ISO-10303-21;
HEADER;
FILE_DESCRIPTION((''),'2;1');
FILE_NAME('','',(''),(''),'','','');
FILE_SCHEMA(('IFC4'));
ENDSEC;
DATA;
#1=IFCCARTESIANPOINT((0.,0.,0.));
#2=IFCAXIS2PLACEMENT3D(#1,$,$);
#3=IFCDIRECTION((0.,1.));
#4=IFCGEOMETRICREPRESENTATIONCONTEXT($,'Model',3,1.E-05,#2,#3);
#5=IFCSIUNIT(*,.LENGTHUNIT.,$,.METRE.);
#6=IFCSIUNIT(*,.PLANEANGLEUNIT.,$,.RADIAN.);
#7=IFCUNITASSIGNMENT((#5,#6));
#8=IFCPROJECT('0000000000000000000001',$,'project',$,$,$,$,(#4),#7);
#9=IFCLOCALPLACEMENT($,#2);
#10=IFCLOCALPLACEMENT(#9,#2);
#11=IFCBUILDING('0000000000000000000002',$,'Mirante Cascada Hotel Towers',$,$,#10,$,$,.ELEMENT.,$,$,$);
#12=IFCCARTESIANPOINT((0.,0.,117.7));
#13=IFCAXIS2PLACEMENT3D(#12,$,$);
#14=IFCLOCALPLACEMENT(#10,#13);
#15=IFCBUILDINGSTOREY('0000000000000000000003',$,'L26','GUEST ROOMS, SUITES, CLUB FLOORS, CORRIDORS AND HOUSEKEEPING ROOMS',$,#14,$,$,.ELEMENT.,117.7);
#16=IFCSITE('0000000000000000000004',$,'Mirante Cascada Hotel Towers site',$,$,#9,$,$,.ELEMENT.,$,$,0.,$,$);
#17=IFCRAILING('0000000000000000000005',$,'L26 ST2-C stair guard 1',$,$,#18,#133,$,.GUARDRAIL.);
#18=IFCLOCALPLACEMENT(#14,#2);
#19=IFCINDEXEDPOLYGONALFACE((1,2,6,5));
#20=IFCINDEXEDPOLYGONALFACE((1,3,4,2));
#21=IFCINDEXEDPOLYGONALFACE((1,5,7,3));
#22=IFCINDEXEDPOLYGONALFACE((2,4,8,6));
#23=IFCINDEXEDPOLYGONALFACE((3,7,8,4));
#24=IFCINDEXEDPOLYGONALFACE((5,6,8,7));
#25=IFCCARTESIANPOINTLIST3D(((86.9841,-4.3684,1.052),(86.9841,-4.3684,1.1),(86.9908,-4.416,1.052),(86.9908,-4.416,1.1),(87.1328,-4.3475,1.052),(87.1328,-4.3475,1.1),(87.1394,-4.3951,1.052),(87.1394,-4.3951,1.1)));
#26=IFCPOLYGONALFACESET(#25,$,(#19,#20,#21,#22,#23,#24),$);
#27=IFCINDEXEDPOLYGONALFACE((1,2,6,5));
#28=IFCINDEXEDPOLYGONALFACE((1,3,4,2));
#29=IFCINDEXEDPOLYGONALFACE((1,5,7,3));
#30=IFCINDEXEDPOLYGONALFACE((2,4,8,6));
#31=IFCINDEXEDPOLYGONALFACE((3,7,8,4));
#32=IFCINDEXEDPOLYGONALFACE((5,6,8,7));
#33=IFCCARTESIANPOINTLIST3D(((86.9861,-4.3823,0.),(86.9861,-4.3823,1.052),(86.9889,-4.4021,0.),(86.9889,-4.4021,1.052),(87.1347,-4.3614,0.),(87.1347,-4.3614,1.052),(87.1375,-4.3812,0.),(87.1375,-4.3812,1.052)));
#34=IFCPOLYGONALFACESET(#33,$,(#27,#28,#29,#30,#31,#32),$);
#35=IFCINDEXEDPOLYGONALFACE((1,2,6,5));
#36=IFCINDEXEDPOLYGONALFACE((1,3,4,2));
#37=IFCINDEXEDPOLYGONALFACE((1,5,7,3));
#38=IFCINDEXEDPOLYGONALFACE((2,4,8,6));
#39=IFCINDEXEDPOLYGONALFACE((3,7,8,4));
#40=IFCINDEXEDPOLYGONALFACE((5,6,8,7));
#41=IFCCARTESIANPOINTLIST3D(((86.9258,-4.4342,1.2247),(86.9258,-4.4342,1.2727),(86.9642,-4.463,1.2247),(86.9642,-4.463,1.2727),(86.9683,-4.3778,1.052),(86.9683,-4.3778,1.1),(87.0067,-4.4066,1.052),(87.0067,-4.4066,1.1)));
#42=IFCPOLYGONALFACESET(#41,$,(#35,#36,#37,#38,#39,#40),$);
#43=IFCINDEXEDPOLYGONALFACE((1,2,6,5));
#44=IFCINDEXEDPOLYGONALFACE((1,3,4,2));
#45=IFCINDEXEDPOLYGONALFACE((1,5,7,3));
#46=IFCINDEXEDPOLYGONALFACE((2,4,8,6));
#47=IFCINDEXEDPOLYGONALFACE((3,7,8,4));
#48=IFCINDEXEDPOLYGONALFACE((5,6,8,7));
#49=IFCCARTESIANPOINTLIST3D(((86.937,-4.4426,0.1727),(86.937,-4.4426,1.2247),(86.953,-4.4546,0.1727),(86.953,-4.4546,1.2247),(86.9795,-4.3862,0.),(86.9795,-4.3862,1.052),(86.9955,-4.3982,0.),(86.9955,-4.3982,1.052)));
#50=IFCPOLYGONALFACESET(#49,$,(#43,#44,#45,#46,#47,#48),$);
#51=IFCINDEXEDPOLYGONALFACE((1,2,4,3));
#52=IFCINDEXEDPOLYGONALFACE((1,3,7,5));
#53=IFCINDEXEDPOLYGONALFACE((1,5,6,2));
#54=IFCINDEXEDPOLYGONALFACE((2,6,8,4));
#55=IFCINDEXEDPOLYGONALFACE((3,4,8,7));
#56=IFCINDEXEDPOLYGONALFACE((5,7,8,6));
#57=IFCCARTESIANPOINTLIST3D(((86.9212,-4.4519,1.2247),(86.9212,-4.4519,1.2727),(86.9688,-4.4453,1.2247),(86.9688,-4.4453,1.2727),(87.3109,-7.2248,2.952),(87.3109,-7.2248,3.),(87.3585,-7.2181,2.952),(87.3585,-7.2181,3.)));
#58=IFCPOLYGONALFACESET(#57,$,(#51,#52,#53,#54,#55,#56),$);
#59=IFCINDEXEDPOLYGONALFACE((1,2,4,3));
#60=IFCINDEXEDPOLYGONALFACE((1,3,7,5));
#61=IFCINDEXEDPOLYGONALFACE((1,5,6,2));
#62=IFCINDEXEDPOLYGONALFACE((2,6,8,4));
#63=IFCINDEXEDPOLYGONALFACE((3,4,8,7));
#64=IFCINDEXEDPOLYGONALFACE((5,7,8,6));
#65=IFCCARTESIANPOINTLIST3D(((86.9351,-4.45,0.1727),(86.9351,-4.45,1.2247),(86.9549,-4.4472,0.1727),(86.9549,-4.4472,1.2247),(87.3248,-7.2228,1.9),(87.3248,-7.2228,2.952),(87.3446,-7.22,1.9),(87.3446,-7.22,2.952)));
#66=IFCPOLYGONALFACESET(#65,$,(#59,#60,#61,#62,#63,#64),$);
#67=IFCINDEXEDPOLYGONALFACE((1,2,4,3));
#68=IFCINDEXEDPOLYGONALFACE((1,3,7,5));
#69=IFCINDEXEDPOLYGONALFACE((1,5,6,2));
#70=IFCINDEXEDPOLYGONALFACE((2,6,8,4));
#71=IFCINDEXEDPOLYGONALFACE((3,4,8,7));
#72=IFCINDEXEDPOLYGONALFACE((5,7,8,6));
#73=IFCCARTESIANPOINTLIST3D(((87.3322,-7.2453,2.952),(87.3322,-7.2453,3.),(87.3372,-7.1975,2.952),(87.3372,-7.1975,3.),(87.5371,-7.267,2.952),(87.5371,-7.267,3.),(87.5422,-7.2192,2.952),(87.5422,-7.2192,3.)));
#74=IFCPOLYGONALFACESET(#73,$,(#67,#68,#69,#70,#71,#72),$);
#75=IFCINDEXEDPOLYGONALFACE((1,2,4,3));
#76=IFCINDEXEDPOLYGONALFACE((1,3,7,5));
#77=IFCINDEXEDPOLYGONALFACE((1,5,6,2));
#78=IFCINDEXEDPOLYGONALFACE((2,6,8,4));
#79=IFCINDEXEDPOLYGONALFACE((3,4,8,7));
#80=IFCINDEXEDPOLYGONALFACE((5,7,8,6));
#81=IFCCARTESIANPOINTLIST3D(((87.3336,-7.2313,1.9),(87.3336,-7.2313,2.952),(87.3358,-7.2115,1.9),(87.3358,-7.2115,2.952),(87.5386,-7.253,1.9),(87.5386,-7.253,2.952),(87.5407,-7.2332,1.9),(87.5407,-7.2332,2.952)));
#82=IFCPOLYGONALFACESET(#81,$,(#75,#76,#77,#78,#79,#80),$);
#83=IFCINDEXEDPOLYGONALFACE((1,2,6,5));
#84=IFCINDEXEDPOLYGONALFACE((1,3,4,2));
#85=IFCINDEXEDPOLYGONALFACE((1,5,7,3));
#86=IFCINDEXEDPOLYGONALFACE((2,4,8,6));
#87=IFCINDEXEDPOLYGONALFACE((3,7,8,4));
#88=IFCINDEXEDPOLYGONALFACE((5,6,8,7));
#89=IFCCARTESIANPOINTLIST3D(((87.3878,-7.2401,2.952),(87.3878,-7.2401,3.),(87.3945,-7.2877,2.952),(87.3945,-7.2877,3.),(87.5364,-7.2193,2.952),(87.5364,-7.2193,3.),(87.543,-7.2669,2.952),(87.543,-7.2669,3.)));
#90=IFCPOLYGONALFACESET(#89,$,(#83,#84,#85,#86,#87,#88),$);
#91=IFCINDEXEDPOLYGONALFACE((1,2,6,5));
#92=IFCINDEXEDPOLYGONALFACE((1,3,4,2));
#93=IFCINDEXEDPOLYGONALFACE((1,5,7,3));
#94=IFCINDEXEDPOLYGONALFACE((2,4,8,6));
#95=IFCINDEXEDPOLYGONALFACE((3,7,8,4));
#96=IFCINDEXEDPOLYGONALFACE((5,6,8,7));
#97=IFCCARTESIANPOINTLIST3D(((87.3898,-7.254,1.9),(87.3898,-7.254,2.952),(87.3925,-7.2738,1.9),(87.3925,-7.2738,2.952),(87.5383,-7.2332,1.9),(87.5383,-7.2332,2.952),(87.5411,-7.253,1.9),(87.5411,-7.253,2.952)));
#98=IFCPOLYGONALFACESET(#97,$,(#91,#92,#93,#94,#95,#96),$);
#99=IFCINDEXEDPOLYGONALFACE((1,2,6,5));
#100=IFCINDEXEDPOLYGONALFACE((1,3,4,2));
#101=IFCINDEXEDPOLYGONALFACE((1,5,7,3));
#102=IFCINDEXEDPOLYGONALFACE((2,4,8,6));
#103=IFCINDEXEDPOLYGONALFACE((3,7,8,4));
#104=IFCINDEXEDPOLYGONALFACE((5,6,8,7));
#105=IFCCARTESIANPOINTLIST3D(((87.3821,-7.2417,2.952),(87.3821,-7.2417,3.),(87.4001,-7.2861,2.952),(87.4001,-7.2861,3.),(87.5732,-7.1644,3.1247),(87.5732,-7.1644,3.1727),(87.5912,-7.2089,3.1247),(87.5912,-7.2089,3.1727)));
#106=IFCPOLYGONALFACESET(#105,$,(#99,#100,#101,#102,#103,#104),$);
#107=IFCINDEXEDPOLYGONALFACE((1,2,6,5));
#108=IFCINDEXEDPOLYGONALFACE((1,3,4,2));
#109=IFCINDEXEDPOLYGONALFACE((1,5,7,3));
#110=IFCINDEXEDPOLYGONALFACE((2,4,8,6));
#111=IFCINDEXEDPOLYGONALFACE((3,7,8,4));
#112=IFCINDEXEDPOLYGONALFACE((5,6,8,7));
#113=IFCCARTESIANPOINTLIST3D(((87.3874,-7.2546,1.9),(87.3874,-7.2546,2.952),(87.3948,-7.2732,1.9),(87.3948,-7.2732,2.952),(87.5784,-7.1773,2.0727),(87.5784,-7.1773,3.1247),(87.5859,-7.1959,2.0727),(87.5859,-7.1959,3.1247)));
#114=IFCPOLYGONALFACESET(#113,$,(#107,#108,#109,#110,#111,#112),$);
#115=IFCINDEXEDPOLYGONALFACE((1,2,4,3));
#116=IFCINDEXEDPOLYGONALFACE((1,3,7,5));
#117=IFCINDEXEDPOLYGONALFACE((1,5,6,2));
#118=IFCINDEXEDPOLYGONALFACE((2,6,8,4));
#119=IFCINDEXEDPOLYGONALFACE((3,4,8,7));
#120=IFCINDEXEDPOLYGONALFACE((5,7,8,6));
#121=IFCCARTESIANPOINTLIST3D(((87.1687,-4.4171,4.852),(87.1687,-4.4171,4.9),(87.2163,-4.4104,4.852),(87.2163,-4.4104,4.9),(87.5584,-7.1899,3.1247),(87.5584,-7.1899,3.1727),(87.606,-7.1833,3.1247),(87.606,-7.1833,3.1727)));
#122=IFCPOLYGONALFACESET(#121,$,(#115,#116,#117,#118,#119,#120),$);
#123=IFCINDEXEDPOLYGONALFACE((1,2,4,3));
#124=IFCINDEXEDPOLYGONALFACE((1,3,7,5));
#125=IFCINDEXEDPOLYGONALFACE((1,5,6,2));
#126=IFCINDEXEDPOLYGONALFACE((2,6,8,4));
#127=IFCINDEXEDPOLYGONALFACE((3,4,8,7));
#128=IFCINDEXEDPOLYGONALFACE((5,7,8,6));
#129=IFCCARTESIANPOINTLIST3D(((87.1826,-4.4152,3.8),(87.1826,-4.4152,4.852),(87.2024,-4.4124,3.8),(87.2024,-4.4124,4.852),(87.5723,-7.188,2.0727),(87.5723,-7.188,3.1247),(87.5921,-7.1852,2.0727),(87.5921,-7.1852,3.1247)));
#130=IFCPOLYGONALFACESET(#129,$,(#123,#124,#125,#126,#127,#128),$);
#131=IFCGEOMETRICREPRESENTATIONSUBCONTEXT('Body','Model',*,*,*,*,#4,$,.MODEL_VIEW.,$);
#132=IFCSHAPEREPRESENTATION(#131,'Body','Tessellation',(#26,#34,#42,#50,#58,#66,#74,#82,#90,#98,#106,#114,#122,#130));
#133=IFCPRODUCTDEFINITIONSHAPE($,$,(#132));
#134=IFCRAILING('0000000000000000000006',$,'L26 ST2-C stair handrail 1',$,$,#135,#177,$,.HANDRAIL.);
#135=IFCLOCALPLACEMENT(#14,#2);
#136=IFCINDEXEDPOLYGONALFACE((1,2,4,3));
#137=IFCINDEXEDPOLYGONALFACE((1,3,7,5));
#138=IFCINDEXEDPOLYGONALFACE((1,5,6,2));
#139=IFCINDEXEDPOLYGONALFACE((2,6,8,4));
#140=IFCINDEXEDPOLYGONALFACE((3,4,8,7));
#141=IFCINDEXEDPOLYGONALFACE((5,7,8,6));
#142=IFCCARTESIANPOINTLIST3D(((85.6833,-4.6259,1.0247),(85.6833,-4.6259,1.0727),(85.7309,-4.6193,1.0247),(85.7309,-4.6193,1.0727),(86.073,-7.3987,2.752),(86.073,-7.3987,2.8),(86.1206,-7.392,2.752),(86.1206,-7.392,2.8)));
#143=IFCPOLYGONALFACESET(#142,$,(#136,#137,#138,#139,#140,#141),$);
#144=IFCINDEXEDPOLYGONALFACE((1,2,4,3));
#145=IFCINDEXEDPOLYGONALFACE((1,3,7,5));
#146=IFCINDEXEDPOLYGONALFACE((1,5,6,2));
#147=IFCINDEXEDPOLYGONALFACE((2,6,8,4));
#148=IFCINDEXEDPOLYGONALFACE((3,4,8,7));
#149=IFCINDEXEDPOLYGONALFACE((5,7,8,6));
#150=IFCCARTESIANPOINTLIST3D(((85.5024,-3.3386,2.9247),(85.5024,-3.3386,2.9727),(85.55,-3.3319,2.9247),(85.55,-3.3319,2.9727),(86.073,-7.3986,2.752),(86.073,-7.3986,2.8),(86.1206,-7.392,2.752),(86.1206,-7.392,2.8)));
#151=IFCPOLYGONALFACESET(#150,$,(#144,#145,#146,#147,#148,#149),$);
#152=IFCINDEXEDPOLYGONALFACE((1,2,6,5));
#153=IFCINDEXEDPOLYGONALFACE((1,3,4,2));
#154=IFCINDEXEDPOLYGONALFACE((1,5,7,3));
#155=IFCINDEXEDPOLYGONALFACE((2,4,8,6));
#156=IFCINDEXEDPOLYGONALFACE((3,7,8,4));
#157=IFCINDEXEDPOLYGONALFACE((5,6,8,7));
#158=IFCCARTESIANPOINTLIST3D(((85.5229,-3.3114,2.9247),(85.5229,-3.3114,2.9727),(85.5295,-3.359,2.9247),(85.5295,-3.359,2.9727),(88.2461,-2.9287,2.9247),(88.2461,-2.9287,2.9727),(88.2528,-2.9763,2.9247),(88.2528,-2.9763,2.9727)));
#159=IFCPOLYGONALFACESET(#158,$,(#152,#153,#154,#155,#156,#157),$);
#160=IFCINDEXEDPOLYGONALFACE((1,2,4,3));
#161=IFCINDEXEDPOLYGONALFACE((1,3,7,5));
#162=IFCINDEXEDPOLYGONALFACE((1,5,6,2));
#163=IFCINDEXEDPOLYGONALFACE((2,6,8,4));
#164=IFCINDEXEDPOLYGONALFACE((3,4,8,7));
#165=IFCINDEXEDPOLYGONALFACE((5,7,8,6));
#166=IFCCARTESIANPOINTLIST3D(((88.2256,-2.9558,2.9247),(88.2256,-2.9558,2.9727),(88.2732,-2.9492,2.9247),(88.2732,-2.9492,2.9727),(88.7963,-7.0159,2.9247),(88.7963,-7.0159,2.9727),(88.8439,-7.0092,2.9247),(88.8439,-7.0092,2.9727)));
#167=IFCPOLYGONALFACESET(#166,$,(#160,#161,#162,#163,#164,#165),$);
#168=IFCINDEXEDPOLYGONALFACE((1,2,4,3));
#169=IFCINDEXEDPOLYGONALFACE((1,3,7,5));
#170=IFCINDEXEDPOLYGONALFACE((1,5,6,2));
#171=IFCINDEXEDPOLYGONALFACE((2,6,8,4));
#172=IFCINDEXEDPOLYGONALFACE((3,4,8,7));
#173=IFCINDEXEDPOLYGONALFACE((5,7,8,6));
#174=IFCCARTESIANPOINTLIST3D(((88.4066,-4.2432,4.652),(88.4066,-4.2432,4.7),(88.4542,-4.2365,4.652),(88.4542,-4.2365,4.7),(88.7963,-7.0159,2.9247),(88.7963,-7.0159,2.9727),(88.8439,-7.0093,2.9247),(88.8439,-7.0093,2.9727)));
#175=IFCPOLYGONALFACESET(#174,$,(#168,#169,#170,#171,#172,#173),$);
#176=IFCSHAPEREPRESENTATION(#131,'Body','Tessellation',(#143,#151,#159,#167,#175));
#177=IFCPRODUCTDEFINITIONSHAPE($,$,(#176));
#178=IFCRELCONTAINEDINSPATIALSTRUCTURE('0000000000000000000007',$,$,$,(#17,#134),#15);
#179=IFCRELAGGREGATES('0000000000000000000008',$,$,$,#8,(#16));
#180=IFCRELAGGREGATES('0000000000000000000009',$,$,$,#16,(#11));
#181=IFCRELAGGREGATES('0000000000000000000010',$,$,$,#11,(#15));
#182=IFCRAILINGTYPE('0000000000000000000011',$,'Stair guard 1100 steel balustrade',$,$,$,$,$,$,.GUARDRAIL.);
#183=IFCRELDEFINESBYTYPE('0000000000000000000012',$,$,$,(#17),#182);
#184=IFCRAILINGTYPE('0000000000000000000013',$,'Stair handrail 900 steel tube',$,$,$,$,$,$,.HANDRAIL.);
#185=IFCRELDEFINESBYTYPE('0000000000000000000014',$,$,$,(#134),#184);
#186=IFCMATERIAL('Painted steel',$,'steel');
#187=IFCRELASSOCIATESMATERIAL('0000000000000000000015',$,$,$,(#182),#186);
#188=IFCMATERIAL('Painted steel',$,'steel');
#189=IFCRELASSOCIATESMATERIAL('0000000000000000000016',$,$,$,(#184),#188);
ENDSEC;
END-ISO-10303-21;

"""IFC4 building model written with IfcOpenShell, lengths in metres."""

from ifc_helpers import new_model, si_unit, direction, frame, origin, origin_2d, place, context, subcontext, project, spatial, rectangle, extrude, material, type_object, element, save


model = new_model("IFC4")

# Units and contexts
model_context = context("Model", 3, precision=1e-05, world=origin(), true_north=direction((0.0, 1.0)))
body_context = subcontext(model_context, "Body", "Model", "MODEL_VIEW")
ifc_project = project(units=[si_unit("LENGTHUNIT", "METRE"), si_unit("PLANEANGLEUNIT", "RADIAN")], contexts=[model_context])

# Site, building, storey
site_placement = place(None, origin())
site = spatial("IfcSite", under=ifc_project, at=site_placement, Name="Mirante Cascada Hotel Towers site", CompositionType="ELEMENT", RefElevation=0.0)
building_placement = place(site_placement, origin())
building = spatial("IfcBuilding", under=site, at=building_placement, Name="Mirante Cascada Hotel Towers", CompositionType="ELEMENT")
storey_placement = place(building_placement, frame((0.0, 0.0, 117.7)))
storey = spatial("IfcBuildingStorey", under=building, at=storey_placement, Name="L26", Description="GUEST ROOMS, SUITES, CLUB FLOORS, CORRIDORS AND HOUSEKEEPING ROOMS", CompositionType="ELEMENT", Elevation=117.7)

# Railings
ifc_material_1 = material(Name="Painted steel", Category="steel")
railing_type_1 = type_object("IfcRailingType", Name="Stair guard 1100 steel balustrade", PredefinedType="GUARDRAIL", material=ifc_material_1)
railing_1_placement = place(storey_placement, frame((87.1361, -4.3713, 0.0)))
element("IfcRailing", 1, at=railing_1_placement, inside=storey, type_object=railing_type_1, Name="L26 ST2-C stair guard 1", PredefinedType="GUARDRAIL", context=body_context, shape_type="SweptSolid", body=[
    extrude(rectangle(XDim=0.048, YDim=0.048, at=origin_2d()), frame((0.0, 0.0, 1.076), z_axis=(-0.990254, -0.139275, 0.0), x_axis=(0.139275, -0.990254, 0.0)), (0.0, 0.0, 1.0), 0.1501),
    extrude(rectangle(XDim=0.02, YDim=1.052, at=origin_2d()), frame((0.0, 0.0, 0.526), z_axis=(-0.990254, -0.139275, 0.0), x_axis=(0.139275, -0.990254, 0.0)), (0.0, 0.0, 1.0), 0.1501),
    extrude(rectangle(XDim=0.048, YDim=0.048, at=origin_2d()), frame((-0.1486, -0.0209, 1.076), z_axis=(-0.601811, -0.798639, 0.0), x_axis=(0.798639, -0.601811, 0.0)), (0.0, 0.925603, 0.378496), 0.1866),
    extrude(rectangle(XDim=0.02, YDim=1.052, at=origin_2d()), frame((-0.1486, -0.0209, 0.526), z_axis=(-0.601811, -0.798639, 0.0), x_axis=(0.798639, -0.601811, 0.0)), (0.0, 0.925603, 0.378496), 0.1866),
    extrude(rectangle(XDim=0.048, YDim=0.048, at=origin_2d()), frame((-0.1911, -0.0773, 1.2487), z_axis=(0.139176, -0.990268, 0.0), x_axis=(0.990268, 0.139176, 0.0)), (0.0, 0.525021, 0.851089), 3.29),
    extrude(rectangle(XDim=0.02, YDim=1.052, at=origin_2d()), frame((-0.1911, -0.0773, 0.6987), z_axis=(0.139176, -0.990268, 0.0), x_axis=(0.990268, 0.139176, 0.0)), (0.0, 0.525021, 0.851089), 3.29),
    extrude(rectangle(XDim=0.048, YDim=0.048, at=origin_2d()), frame((0.1986, -2.8501, 2.976), z_axis=(0.994444, -0.105266, 0.0), x_axis=(0.105266, 0.994444, 0.0)), (0.0, 0.0, 1.0), 0.2061),
    extrude(rectangle(XDim=0.02, YDim=1.052, at=origin_2d()), frame((0.1986, -2.8501, 2.426), z_axis=(0.994444, -0.105266, 0.0), x_axis=(0.105266, 0.994444, 0.0)), (0.0, 0.0, 1.0), 0.2061),
    extrude(rectangle(XDim=0.048, YDim=0.048, at=origin_2d()), frame((0.4036, -2.8718, 2.976), z_axis=(-0.990345, -0.138622, 0.0), x_axis=(0.138622, -0.990345, 0.0)), (0.0, 0.0, 1.0), 0.15),
    extrude(rectangle(XDim=0.02, YDim=1.052, at=origin_2d()), frame((0.4036, -2.8718, 2.426), z_axis=(-0.990345, -0.138622, 0.0), x_axis=(0.138622, -0.990345, 0.0)), (0.0, 0.0, 1.0), 0.15),
    extrude(rectangle(XDim=0.048, YDim=0.048, at=origin_2d()), frame((0.255, -2.8926, 2.976), z_axis=(0.927031, 0.374984, 0.0), x_axis=(-0.374984, 0.927031, 0.0)), (0.0, 0.64219, 0.766545), 0.2689),
    extrude(rectangle(XDim=0.02, YDim=1.052, at=origin_2d()), frame((0.255, -2.8926, 2.426), z_axis=(0.927031, 0.374984, 0.0), x_axis=(-0.374984, 0.927031, 0.0)), (0.0, 0.64219, 0.766545), 0.2689),
    extrude(rectangle(XDim=0.048, YDim=0.048, at=origin_2d()), frame((0.4461, -2.8153, 3.1487), z_axis=(-0.139176, 0.990268, 0.0), x_axis=(-0.990268, -0.139176, 0.0)), (0.0, 0.525021, 0.851089), 3.29),
    extrude(rectangle(XDim=0.02, YDim=1.052, at=origin_2d()), frame((0.4461, -2.8153, 2.5987), z_axis=(-0.139176, 0.990268, 0.0), x_axis=(-0.990268, -0.139176, 0.0)), (0.0, 0.525021, 0.851089), 3.29),
])
ifc_material_2 = material(Name="Painted steel", Category="steel")
railing_type_2 = type_object("IfcRailingType", Name="Stair handrail 900 steel tube", PredefinedType="HANDRAIL", material=ifc_material_2)
railing_2_placement = place(storey_placement, frame((85.7071, -4.6226, 0.1727)))
element("IfcRailing", 2, at=railing_2_placement, inside=storey, type_object=railing_type_2, Name="L26 ST2-C stair handrail 1", PredefinedType="HANDRAIL", context=body_context, shape_type="SweptSolid", body=[
    extrude(rectangle(XDim=0.048, YDim=0.048, at=origin_2d()), frame((0.0, 0.0, 0.876), z_axis=(0.139181, -0.990267, 0.0), x_axis=(0.990267, 0.139181, 0.0)), (0.0, 0.525035, 0.851081), 3.2899),
    extrude(rectangle(XDim=0.048, YDim=0.048, at=origin_2d()), frame((0.3897, -2.7727, 2.6033), z_axis=(-0.139171, 0.990268, 0.0), x_axis=(-0.990268, -0.139171, 0.0)), (0.0, 0.042085, 0.999114), 4.1036),
    extrude(rectangle(XDim=0.048, YDim=0.048, at=origin_2d()), frame((-0.1809, 1.2874, 2.776), z_axis=(0.990269, 0.139166, 0.0), x_axis=(-0.139166, 0.990269, 0.0)), (0.0, 0.0, 1.0), 2.75),
    extrude(rectangle(XDim=0.048, YDim=0.048, at=origin_2d()), frame((2.5423, 1.6701, 2.776), z_axis=(0.139195, -0.990265, 0.0), x_axis=(0.990265, 0.139195, 0.0)), (0.0, 0.0, 1.0), 4.1),
    extrude(rectangle(XDim=0.048, YDim=0.048, at=origin_2d()), frame((3.113, -2.39, 2.776), z_axis=(-0.139181, 0.990267, 0.0), x_axis=(-0.990267, -0.139181, 0.0)), (0.0, 0.525035, 0.851081), 3.2899),
])

save(model, "model.ifc")
